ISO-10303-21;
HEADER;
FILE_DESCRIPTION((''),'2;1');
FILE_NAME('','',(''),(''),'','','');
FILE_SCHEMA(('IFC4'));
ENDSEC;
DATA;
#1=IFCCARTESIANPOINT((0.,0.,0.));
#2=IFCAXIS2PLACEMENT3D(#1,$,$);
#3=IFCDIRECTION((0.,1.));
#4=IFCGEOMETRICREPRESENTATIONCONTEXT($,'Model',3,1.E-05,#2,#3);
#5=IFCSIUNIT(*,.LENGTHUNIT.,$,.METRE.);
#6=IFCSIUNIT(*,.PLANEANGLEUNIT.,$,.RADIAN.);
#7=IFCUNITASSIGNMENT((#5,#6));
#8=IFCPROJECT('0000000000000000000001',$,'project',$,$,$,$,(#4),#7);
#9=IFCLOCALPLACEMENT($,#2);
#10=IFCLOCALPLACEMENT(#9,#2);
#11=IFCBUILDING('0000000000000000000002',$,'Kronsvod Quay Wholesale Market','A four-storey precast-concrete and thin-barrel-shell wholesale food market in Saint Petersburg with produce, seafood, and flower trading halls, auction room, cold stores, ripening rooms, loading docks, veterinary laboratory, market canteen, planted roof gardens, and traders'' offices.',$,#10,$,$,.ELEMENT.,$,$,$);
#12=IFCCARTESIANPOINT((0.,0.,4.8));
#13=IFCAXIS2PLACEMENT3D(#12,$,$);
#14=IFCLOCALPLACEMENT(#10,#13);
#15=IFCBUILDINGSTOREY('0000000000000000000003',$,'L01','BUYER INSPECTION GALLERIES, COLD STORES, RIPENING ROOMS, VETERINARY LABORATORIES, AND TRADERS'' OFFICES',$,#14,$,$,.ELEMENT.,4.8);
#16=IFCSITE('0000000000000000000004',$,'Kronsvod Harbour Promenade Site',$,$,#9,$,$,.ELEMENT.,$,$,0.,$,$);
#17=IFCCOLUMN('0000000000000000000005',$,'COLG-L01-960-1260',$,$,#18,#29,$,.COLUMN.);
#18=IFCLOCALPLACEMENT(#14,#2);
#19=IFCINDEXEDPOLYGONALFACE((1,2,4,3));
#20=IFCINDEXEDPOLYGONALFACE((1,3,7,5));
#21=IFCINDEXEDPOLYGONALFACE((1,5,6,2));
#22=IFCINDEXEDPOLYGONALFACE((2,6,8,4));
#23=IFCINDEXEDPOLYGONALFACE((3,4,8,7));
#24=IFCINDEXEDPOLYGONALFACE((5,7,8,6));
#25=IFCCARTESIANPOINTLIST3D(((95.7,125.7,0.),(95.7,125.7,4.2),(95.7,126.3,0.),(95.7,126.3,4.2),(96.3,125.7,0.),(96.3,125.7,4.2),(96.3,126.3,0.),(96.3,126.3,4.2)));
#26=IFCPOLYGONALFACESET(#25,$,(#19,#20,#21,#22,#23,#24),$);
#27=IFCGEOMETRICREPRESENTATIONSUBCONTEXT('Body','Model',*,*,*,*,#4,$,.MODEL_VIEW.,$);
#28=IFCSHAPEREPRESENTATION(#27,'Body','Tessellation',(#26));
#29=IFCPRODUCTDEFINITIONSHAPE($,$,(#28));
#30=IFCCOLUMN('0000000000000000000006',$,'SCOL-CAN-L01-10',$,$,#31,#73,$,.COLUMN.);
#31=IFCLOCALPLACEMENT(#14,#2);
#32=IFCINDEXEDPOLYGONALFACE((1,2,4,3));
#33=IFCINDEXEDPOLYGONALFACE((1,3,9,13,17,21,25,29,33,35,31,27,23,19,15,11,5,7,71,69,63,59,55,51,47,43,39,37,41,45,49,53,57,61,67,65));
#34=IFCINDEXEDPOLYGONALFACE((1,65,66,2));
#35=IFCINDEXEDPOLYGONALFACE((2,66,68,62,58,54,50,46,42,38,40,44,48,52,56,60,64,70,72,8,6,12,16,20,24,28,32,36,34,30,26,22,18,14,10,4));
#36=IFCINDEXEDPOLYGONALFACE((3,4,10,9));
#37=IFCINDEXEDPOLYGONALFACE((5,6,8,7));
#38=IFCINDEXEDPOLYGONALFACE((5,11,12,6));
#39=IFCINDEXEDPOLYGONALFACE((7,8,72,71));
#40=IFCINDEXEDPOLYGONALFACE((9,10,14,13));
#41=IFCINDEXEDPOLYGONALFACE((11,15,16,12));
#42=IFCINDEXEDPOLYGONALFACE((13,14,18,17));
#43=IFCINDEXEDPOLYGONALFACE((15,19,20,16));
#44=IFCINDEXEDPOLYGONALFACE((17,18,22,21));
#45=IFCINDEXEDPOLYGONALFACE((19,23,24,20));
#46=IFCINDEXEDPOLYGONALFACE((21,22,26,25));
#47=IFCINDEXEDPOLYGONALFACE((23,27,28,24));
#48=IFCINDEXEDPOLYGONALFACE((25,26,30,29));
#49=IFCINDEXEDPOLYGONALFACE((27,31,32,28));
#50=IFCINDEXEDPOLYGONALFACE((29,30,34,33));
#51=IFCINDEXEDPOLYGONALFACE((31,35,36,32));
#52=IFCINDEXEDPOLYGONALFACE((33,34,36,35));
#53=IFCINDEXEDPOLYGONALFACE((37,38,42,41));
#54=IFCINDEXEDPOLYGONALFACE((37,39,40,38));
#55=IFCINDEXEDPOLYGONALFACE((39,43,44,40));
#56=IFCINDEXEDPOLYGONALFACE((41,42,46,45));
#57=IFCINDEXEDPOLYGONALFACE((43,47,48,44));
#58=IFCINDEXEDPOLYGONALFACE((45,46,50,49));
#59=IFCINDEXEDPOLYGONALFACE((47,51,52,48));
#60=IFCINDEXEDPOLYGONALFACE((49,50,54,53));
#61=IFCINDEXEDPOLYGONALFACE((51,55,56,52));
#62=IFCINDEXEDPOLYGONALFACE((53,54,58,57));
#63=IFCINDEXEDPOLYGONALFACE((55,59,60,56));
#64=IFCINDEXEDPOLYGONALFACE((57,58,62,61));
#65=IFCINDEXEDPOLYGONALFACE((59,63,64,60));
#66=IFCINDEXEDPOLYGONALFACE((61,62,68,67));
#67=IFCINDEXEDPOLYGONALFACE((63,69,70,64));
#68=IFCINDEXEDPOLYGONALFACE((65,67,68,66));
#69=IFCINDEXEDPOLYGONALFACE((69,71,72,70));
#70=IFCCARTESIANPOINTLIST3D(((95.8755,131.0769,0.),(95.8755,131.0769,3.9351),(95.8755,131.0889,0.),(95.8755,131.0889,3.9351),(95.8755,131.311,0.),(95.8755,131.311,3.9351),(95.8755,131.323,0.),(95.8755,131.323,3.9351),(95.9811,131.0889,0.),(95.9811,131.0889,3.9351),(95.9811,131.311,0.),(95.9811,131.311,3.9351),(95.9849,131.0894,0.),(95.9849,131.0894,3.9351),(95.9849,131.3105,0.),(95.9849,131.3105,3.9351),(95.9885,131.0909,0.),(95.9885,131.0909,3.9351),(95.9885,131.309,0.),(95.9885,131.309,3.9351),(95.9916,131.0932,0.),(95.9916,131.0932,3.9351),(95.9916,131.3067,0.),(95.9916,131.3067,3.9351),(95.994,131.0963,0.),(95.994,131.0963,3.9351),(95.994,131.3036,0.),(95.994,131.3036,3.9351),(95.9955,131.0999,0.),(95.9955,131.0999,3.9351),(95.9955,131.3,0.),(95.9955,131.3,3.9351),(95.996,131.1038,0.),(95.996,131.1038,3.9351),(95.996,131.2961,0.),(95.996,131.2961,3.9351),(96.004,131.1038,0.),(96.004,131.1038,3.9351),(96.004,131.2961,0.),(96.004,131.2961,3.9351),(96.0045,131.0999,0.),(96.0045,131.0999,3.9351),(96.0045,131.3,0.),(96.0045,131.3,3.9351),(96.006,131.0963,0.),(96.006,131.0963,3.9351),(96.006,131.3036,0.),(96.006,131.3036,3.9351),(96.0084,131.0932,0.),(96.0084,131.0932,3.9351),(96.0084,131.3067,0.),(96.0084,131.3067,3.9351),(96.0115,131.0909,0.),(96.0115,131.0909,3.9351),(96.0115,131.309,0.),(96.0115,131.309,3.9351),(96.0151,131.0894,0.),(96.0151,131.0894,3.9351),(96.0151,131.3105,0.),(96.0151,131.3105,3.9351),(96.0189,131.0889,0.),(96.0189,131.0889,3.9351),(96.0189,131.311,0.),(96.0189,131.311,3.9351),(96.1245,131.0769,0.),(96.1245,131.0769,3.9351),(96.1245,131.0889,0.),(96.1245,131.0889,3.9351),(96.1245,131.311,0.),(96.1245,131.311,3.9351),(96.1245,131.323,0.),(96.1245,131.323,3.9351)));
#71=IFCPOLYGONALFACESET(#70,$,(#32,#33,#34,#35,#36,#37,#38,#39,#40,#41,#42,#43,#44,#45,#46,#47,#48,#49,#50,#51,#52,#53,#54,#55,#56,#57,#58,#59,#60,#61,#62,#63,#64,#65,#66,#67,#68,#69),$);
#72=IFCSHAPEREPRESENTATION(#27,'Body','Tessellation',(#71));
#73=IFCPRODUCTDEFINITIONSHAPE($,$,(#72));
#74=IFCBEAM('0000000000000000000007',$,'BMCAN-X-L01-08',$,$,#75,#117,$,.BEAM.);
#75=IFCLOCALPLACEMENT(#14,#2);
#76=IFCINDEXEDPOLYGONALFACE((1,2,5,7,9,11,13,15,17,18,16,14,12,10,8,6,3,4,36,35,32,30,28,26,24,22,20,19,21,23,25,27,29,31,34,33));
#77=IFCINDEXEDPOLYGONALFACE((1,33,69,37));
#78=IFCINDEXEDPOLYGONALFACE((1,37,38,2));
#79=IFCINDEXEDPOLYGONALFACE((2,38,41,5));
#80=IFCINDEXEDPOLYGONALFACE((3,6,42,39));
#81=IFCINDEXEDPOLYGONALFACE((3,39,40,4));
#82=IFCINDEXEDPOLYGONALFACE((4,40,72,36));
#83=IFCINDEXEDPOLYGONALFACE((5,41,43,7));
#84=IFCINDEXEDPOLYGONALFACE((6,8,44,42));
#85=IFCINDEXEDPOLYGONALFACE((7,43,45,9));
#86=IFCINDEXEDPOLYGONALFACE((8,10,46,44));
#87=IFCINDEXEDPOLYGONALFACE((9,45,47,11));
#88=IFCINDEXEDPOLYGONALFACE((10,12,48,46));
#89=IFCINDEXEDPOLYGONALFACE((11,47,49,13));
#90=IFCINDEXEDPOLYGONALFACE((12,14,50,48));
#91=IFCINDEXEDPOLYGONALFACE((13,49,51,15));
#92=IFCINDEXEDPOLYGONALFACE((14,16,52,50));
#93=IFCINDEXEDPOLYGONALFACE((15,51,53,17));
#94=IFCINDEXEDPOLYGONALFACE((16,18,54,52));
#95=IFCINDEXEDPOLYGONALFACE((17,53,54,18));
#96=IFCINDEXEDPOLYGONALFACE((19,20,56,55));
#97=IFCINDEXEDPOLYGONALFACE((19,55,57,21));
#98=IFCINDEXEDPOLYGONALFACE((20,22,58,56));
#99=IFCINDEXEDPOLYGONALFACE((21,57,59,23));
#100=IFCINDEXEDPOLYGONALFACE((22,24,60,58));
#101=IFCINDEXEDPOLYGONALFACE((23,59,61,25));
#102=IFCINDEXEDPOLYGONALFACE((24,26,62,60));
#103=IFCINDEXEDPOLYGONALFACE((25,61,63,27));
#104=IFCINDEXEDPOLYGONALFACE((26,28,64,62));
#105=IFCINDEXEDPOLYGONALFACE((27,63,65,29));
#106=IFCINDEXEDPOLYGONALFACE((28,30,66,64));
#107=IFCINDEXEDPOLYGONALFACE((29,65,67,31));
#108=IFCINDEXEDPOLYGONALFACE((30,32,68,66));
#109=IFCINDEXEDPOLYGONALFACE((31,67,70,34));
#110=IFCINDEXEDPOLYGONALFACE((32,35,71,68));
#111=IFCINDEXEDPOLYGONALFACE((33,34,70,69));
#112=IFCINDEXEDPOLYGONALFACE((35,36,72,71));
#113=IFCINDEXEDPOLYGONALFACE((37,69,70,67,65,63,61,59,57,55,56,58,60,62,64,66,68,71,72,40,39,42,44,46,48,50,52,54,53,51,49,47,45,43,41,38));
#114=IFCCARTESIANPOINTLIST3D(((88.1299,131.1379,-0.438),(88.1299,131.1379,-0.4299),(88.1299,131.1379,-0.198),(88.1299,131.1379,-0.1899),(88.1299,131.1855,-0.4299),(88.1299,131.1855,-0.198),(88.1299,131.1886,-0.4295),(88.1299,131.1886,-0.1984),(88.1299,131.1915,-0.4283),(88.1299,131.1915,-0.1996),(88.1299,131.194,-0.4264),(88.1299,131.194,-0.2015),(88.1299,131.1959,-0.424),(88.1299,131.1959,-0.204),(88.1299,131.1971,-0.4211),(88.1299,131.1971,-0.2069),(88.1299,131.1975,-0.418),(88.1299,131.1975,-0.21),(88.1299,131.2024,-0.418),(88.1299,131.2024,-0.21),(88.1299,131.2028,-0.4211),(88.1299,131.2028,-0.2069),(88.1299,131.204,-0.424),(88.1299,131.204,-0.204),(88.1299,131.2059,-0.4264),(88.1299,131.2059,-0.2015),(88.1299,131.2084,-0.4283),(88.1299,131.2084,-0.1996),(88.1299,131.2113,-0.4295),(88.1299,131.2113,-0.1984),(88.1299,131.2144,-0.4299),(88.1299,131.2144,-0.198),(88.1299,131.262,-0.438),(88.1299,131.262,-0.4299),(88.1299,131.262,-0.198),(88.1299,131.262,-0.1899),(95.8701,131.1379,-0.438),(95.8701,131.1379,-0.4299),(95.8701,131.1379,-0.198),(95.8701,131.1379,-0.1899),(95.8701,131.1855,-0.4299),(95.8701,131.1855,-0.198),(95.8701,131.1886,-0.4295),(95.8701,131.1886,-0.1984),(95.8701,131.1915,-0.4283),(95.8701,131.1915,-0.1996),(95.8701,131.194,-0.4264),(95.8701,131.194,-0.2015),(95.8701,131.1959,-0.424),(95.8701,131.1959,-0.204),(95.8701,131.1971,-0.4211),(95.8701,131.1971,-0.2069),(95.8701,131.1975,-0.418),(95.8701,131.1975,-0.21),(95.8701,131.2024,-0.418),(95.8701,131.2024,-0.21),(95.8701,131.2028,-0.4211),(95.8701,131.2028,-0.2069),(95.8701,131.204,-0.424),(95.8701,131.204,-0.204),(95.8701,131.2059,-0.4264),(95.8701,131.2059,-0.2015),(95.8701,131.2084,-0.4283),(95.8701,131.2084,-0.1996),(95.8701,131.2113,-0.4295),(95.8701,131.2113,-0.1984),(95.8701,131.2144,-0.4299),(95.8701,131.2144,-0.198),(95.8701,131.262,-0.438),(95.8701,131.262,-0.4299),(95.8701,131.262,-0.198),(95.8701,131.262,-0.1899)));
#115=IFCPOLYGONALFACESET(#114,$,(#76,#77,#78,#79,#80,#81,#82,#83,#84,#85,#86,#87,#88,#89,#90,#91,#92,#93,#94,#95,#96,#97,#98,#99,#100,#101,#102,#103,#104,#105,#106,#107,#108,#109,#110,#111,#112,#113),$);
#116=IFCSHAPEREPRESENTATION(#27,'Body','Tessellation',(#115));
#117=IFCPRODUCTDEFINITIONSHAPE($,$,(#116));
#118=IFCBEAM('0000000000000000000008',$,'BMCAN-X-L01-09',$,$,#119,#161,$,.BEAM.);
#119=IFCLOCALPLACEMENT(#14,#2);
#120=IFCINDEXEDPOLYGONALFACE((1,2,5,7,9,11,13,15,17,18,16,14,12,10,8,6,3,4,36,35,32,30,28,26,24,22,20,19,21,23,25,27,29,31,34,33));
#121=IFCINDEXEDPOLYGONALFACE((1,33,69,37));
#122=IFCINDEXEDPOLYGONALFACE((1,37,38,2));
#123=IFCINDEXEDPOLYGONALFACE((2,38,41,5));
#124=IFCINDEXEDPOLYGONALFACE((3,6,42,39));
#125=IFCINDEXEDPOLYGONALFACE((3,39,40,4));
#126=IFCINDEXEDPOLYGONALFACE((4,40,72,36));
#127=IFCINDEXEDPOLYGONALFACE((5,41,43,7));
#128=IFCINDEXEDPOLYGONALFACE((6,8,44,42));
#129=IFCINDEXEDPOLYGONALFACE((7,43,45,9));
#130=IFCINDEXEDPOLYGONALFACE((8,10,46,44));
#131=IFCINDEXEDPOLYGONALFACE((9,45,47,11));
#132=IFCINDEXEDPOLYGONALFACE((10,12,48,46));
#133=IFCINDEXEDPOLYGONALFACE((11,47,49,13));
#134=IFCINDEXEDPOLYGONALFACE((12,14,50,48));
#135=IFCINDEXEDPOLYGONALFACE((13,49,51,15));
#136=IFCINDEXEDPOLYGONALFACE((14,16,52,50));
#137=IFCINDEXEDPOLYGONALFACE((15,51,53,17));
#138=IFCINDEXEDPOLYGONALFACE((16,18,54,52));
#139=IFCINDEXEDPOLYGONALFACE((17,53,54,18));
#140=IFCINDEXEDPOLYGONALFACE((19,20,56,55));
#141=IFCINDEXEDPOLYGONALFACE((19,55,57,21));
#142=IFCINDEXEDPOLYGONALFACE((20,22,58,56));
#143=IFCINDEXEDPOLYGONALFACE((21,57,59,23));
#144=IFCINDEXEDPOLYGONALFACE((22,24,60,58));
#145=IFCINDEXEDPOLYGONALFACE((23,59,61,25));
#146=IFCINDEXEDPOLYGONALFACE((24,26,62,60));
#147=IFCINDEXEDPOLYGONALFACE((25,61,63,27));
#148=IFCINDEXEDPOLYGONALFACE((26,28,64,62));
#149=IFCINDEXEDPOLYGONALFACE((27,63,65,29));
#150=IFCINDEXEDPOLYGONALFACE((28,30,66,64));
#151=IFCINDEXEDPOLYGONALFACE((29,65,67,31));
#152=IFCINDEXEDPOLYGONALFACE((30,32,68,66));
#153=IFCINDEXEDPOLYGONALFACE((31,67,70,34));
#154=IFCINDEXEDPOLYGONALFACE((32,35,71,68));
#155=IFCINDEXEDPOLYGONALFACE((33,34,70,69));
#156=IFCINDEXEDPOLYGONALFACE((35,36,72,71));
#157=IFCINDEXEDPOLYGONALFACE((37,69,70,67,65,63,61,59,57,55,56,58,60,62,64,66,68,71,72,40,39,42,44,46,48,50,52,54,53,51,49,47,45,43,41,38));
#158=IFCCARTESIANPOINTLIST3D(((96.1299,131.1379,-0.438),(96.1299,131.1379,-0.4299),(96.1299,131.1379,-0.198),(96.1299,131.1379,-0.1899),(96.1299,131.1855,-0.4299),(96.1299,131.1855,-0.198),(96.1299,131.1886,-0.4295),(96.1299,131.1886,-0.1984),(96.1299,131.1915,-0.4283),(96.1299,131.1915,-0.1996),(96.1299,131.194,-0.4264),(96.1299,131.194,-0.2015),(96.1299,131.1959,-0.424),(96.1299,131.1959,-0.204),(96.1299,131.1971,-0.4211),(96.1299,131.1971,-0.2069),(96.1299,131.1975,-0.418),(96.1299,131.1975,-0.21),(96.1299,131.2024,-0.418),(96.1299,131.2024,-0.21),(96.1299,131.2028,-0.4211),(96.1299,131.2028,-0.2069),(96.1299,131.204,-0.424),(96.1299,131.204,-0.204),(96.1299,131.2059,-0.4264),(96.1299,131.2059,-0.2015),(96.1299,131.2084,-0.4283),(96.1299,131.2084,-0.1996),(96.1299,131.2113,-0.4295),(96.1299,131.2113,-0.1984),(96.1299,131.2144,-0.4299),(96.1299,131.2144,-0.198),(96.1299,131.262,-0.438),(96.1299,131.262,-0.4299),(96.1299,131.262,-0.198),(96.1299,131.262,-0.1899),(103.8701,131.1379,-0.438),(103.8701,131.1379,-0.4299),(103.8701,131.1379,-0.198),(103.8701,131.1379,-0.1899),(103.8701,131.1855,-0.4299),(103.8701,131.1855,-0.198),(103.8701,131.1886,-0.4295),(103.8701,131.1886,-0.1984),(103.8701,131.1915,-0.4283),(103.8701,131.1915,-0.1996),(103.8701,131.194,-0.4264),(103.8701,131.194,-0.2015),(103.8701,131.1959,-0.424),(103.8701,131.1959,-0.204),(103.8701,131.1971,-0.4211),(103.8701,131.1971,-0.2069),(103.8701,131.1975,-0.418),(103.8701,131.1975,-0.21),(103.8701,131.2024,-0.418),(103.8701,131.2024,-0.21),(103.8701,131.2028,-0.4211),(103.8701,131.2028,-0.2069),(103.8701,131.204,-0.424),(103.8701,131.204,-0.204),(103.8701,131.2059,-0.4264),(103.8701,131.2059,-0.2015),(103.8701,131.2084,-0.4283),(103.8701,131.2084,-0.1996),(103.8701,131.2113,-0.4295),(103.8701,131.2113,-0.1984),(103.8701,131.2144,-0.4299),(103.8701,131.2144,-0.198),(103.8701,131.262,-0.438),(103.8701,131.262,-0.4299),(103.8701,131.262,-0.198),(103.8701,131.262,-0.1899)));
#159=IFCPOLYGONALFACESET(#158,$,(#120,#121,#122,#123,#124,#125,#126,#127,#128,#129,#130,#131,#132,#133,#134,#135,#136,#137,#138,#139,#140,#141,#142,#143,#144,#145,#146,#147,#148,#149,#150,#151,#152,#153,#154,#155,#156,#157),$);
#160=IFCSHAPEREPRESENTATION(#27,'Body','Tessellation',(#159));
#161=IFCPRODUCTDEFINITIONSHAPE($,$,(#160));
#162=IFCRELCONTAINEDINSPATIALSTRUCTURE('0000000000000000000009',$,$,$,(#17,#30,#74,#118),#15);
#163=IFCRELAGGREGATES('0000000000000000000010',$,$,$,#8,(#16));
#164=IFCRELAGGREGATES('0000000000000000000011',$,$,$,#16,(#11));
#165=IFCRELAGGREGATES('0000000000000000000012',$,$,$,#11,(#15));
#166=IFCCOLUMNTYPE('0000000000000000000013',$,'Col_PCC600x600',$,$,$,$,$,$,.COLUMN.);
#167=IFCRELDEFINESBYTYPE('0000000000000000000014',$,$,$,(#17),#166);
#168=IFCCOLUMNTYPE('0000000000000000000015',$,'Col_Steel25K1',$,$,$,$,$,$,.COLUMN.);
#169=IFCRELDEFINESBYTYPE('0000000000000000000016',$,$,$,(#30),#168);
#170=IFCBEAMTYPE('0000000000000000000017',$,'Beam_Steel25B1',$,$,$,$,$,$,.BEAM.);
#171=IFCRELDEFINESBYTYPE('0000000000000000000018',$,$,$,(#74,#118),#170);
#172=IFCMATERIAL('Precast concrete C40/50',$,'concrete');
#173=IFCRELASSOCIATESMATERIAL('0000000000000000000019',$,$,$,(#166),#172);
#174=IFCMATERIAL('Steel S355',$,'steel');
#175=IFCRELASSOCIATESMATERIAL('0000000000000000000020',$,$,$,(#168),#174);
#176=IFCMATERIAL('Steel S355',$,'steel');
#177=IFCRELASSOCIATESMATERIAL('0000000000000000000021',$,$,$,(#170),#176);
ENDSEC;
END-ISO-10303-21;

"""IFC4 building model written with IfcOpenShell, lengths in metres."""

from ifc_helpers import new_model, si_unit, direction, frame, origin, origin_2d, place, context, subcontext, project, spatial, rectangle, i_section, extrude, material, material_profile, profile_set, type_object, element, save


model = new_model("IFC4")

# Units and contexts
model_context = context("Model", 3, precision=1e-05, world=origin(), true_north=direction((0.0, 1.0)))
body_context = subcontext(model_context, "Body", "Model", "MODEL_VIEW")
ifc_project = project(units=[si_unit("LENGTHUNIT", "METRE"), si_unit("PLANEANGLEUNIT", "RADIAN")], contexts=[model_context])

# Site, building, storey
site_placement = place(None, origin())
site = spatial("IfcSite", under=ifc_project, at=site_placement, Name="Kronsvod Harbour Promenade Site", CompositionType="ELEMENT", RefElevation=0.0)
building_placement = place(site_placement, origin())
building = spatial("IfcBuilding", under=site, at=building_placement, Name="Kronsvod Quay Wholesale Market", Description="A four-storey precast-concrete and thin-barrel-shell wholesale food market in Saint Petersburg with produce, seafood, and flower trading halls, auction room, cold stores, ripening rooms, loading docks, veterinary laboratory, market canteen, planted roof gardens, and traders' offices.", CompositionType="ELEMENT")
storey_placement = place(building_placement, frame((0.0, 0.0, 4.8)))
storey = spatial("IfcBuildingStorey", under=building, at=storey_placement, Name="L01", Description="BUYER INSPECTION GALLERIES, COLD STORES, RIPENING ROOMS, VETERINARY LABORATORIES, AND TRADERS' OFFICES", CompositionType="ELEMENT", Elevation=4.8)

# Columns
ifc_material_1 = material(Name="Precast concrete C40/50", Category="concrete")
ifc_material_profile_1 = material_profile(ifc_material_1, rectangle(XDim=0.6001, YDim=0.6001, at=origin_2d()), Name="PCC600x600")
ifc_profile_set_1 = profile_set([ifc_material_profile_1], Name="Precast concrete C40/50")
column_type_1 = type_object("IfcColumnType", Name="Col_PCC600x600", PredefinedType="COLUMN", material=ifc_profile_set_1)
column_1_placement = place(storey_placement, frame((96.0, 126.0, 0.0), z_axis=(0.0, 0.0, 1.0), x_axis=(1.0, 0.0, 0.0)))
element("IfcColumn", 1, at=column_1_placement, inside=storey, type_object=column_type_1, Name="COLG-L01-960-1260", PredefinedType="COLUMN", context=body_context, shape_type="SweptSolid", body=[
    extrude(rectangle(XDim=0.6001, YDim=0.6001, at=origin_2d()), origin(), (0.0, 0.0, 1.0), 4.2),
])
ifc_material_2 = material(Name="Steel S355", Category="steel")
ifc_material_profile_2 = material_profile(ifc_material_2, i_section(OverallWidth=0.249, OverallDepth=0.2461, WebThickness=0.0081, FlangeThickness=0.012, FilletRadius=0.0149, at=origin_2d()), Name="25K1")
ifc_profile_set_2 = profile_set([ifc_material_profile_2], Name="Steel S355")
column_type_2 = type_object("IfcColumnType", Name="Col_Steel25K1", PredefinedType="COLUMN", material=ifc_profile_set_2)
column_2_placement = place(storey_placement, frame((96.0, 131.2, 0.0), z_axis=(0.0, 0.0, 1.0), x_axis=(1.0, 0.0, 0.0)))
element("IfcColumn", 2, at=column_2_placement, inside=storey, type_object=column_type_2, Name="SCOL-CAN-L01-10", PredefinedType="COLUMN", context=body_context, shape_type="SweptSolid", body=[
    extrude(i_section(OverallWidth=0.249, OverallDepth=0.2461, WebThickness=0.0081, FlangeThickness=0.012, FilletRadius=0.0149, at=origin_2d()), origin(), (0.0, 0.0, 1.0), 3.9351),
])

# Beams
ifc_material_3 = material(Name="Steel S355", Category="steel")
ifc_material_profile_3 = material_profile(ifc_material_3, i_section(OverallWidth=0.124, OverallDepth=0.248, WebThickness=0.0049, FlangeThickness=0.0081, FilletRadius=0.012, at=origin_2d()), Name="25B1")
ifc_profile_set_3 = profile_set([ifc_material_profile_3], Name="Steel S355")
beam_type_1 = type_object("IfcBeamType", Name="Beam_Steel25B1", PredefinedType="BEAM", material=ifc_profile_set_3)
for number, where, z_axis, x_axis, name in (
    (3, (88.1299, 131.2, -0.314), (1.0, 0.0, 0.0), (0.0, 1.0, 0.0), "BMCAN-X-L01-08"),
    (4, (96.1299, 131.2, -0.314), (1.0, 0.0, 0.0), (0.0, 1.0, 0.0), "BMCAN-X-L01-09"),
):
    element("IfcBeam", number, at=place(storey_placement, frame(where, z_axis=z_axis, x_axis=x_axis)), inside=storey, type_object=beam_type_1, Name=name, PredefinedType="BEAM", context=body_context, shape_type="SweptSolid", body=[
        extrude(i_section(OverallWidth=0.124, OverallDepth=0.248, WebThickness=0.0049, FlangeThickness=0.0081, FilletRadius=0.012, at=origin_2d()), origin(), (0.0, 0.0, 1.0), 7.7402),
    ])

save(model, "model.ifc")
